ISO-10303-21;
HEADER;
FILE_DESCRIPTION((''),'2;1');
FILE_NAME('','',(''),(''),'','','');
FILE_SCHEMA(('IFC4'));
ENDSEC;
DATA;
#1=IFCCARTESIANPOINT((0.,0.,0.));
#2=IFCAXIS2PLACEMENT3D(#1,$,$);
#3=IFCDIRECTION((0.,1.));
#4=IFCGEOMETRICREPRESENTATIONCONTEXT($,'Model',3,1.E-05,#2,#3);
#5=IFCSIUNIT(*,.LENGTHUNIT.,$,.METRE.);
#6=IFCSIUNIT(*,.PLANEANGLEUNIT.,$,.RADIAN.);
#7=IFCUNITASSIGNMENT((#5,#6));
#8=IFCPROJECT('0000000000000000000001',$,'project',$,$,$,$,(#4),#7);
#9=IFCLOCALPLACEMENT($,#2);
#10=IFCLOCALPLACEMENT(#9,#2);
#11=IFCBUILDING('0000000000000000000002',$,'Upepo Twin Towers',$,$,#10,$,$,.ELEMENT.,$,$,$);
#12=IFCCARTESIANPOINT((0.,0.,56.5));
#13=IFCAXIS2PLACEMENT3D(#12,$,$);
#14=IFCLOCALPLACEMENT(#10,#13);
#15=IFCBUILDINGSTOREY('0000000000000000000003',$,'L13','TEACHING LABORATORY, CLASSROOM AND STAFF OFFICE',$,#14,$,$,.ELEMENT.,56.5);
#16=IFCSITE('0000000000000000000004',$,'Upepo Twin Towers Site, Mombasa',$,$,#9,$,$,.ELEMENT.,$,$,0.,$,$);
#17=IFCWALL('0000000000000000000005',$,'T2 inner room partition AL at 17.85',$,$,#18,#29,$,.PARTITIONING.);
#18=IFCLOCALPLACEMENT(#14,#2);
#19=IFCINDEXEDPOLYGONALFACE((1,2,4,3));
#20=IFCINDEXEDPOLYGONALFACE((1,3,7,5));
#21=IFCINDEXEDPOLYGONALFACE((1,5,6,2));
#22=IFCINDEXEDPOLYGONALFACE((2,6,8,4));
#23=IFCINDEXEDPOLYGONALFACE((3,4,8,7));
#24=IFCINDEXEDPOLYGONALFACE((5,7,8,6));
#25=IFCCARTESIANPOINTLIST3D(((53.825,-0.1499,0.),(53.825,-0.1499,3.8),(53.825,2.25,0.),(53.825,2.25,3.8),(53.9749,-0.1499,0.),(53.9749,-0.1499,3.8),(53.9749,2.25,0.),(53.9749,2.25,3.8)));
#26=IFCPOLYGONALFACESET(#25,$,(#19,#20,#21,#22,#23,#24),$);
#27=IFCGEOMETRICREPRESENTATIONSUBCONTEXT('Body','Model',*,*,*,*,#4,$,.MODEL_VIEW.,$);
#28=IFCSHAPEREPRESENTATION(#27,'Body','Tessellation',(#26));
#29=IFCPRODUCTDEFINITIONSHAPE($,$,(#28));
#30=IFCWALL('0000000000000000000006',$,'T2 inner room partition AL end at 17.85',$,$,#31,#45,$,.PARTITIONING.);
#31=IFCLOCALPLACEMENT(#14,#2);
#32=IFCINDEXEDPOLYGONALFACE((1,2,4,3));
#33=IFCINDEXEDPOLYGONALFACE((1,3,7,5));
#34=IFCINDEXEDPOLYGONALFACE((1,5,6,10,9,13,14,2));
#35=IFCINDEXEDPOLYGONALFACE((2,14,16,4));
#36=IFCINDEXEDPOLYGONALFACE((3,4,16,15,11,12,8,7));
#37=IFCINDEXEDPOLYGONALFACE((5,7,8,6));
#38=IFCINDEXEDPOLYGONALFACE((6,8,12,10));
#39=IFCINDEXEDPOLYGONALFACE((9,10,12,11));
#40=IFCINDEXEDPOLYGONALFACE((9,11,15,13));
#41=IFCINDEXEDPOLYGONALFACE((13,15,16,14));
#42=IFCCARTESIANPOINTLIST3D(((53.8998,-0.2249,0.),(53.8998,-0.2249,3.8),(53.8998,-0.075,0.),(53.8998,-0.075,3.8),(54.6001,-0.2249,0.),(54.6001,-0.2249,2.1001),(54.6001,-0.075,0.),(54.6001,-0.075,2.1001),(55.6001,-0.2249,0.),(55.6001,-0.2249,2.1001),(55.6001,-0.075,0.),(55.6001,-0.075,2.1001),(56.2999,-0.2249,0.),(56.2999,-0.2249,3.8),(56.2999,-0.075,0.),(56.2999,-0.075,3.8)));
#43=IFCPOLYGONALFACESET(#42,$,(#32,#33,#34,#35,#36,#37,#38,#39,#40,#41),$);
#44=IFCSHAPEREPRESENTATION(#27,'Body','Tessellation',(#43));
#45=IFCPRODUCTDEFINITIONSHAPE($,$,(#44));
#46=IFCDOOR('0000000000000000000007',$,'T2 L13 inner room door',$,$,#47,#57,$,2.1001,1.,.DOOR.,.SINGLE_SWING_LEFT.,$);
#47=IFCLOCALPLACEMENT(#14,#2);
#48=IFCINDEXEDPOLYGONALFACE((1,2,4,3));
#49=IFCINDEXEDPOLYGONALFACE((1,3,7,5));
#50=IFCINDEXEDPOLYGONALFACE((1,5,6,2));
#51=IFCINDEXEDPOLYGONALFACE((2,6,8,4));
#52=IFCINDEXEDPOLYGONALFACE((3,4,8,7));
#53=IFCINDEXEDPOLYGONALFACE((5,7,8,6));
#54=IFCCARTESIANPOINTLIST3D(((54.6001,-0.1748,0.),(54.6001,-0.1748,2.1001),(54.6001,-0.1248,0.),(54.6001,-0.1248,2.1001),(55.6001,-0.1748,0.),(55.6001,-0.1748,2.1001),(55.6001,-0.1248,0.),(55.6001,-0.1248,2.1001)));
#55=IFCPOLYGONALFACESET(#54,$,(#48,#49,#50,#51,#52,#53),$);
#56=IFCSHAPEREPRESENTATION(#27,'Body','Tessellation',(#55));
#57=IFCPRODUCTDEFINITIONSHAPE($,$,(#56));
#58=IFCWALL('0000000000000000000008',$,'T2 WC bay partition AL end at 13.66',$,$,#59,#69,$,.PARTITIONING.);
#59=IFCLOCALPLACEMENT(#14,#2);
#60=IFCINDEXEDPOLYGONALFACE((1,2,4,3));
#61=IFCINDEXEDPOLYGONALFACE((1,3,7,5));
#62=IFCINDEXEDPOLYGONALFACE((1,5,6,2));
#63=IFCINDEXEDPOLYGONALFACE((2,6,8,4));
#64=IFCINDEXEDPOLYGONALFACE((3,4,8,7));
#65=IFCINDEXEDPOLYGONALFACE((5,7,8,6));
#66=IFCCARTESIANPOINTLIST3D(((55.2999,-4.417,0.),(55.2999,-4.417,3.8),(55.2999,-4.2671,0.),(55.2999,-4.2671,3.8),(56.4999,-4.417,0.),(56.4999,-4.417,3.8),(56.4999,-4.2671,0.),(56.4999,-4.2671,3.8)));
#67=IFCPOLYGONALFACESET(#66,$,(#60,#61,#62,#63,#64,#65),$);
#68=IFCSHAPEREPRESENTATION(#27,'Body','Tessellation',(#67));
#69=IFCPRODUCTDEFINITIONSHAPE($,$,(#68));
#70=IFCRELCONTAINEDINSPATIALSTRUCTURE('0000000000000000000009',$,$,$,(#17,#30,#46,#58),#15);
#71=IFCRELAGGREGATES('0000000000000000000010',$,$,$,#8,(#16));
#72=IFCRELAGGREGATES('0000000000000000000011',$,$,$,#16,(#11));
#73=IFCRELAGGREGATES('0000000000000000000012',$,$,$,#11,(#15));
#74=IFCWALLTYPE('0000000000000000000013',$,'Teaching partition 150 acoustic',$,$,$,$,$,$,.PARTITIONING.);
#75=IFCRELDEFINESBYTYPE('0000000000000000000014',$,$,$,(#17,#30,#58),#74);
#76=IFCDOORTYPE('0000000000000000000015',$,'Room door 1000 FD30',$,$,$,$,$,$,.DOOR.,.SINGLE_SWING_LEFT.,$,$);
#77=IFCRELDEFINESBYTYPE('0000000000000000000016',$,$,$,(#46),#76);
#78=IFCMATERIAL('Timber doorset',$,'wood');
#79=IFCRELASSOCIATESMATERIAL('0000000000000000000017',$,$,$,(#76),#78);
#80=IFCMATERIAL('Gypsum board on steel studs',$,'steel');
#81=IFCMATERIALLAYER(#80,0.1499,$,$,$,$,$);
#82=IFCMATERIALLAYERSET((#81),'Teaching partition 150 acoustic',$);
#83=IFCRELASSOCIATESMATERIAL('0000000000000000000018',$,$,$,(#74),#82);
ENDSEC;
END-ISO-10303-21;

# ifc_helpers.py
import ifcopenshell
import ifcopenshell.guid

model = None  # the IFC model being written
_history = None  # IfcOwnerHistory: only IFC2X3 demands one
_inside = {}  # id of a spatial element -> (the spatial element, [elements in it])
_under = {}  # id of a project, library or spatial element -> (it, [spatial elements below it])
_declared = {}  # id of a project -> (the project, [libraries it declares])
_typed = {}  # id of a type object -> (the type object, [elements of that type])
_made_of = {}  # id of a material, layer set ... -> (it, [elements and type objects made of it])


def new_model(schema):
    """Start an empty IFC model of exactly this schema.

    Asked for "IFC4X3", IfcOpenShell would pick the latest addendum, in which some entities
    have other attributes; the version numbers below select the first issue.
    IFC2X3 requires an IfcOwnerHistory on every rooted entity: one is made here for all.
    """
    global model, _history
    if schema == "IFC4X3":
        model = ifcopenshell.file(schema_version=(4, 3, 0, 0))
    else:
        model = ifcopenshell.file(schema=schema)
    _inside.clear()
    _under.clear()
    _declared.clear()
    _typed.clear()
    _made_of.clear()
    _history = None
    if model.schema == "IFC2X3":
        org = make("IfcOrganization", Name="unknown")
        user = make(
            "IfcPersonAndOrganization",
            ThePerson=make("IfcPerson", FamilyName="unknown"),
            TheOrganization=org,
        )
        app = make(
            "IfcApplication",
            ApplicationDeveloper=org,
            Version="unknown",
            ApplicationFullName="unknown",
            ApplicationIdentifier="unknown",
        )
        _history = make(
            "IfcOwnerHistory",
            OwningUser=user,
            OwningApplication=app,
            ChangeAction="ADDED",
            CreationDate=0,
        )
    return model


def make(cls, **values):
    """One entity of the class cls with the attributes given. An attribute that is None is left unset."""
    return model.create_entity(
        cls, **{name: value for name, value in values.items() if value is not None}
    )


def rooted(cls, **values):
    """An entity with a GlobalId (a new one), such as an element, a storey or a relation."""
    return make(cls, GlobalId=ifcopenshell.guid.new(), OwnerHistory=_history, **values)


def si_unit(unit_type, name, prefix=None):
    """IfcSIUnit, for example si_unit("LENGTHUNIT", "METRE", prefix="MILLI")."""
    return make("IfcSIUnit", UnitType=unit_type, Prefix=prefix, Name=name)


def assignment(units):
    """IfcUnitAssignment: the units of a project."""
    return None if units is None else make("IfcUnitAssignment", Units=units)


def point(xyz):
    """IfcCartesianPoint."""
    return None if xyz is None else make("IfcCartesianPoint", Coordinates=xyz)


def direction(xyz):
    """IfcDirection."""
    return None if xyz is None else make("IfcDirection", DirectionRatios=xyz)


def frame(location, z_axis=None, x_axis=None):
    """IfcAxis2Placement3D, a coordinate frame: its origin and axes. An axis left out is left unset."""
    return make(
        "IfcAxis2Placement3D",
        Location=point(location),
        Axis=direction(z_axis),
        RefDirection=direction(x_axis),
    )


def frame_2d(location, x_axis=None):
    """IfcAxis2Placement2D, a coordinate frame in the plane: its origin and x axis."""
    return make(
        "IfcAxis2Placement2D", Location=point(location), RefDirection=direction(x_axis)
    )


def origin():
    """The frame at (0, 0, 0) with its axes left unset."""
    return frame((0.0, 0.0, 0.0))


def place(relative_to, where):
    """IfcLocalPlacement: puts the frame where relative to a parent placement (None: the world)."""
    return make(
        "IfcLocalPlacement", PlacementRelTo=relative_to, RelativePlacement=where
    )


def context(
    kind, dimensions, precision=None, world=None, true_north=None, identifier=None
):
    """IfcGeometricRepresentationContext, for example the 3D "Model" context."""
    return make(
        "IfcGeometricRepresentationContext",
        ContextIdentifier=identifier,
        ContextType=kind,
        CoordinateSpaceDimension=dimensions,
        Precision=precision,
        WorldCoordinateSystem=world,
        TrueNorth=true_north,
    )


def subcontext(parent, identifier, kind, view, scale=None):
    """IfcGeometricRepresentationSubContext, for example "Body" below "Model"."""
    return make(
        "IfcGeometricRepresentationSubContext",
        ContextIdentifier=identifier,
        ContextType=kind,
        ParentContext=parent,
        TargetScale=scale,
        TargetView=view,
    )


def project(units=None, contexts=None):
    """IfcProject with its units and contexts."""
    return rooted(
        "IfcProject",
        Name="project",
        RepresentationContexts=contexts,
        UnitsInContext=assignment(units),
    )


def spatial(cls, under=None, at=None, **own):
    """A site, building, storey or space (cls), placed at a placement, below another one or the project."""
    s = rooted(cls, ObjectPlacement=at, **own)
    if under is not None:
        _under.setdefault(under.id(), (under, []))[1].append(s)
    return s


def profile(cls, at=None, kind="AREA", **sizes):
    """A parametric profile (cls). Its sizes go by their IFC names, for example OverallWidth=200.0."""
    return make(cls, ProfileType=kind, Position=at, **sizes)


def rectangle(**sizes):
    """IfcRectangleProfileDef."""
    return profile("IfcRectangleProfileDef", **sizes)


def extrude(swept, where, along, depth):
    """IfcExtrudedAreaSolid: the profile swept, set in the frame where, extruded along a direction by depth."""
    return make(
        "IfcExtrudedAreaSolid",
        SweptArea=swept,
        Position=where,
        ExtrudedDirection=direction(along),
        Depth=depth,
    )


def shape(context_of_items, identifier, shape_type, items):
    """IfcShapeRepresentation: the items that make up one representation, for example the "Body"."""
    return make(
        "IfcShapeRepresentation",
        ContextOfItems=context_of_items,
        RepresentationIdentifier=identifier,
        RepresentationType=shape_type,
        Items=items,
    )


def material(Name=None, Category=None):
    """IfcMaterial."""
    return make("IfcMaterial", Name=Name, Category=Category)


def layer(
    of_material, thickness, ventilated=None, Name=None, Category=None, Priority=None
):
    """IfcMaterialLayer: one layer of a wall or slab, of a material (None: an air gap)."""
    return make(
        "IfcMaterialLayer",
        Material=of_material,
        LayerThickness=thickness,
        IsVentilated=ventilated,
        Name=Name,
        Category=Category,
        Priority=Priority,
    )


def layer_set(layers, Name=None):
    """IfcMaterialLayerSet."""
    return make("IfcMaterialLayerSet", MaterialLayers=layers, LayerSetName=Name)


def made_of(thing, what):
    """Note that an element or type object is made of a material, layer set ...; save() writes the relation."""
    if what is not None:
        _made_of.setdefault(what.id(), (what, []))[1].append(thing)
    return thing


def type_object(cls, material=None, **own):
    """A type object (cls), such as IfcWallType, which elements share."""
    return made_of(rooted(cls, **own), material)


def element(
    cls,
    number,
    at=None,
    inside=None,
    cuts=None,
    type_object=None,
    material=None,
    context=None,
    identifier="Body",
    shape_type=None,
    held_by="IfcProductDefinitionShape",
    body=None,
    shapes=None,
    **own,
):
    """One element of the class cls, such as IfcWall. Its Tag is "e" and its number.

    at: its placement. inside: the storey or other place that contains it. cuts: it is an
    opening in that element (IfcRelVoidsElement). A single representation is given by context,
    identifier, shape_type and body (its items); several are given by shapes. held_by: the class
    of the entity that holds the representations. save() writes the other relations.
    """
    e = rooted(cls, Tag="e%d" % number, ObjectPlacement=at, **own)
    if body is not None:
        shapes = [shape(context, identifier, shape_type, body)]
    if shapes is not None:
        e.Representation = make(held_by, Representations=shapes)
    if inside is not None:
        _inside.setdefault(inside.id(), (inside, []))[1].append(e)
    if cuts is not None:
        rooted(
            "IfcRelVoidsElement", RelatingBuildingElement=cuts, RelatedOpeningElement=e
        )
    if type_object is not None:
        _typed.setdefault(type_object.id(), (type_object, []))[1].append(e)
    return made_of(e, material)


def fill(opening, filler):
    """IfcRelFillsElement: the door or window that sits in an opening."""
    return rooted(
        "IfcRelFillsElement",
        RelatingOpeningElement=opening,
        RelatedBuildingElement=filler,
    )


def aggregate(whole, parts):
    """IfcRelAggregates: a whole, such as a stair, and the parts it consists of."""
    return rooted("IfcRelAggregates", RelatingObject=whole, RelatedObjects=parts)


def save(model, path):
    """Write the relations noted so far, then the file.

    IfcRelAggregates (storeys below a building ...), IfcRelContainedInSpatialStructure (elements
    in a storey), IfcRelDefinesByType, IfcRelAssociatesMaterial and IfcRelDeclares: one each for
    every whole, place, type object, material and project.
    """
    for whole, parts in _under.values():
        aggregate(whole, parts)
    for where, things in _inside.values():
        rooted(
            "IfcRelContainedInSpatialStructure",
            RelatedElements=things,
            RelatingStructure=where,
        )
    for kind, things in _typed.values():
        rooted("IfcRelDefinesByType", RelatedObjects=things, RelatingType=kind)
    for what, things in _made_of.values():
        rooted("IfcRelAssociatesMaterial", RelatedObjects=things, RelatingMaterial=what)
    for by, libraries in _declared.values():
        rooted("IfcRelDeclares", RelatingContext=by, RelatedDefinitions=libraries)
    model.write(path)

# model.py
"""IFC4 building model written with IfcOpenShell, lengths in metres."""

from ifc_helpers import new_model, si_unit, direction, frame, frame_2d, origin, place, context, subcontext, project, spatial, rectangle, extrude, material, layer, layer_set, type_object, element, fill, save


model = new_model("IFC4")

# Units and contexts
model_context = context("Model", 3, precision=1e-05, world=origin(), true_north=direction((0.0, 1.0)))
body_context = subcontext(model_context, "Body", "Model", "MODEL_VIEW")
ifc_project = project(units=[si_unit("LENGTHUNIT", "METRE"), si_unit("PLANEANGLEUNIT", "RADIAN")], contexts=[model_context])

# Site, building, storey
site_placement = place(None, origin())
site = spatial("IfcSite", under=ifc_project, at=site_placement, Name="Upepo Twin Towers Site, Mombasa", CompositionType="ELEMENT", RefElevation=0.0)
building_placement = place(site_placement, origin())
building = spatial("IfcBuilding", under=site, at=building_placement, Name="Upepo Twin Towers", CompositionType="ELEMENT")
storey_placement = place(building_placement, frame((0.0, 0.0, 56.5)))
storey = spatial("IfcBuildingStorey", under=building, at=storey_placement, Name="L13", Description="TEACHING LABORATORY, CLASSROOM AND STAFF OFFICE", CompositionType="ELEMENT", Elevation=56.5)

# Shared definitions
ifc_material_1 = material(Name="Timber doorset", Category="wood")
door_type_1 = type_object("IfcDoorType", Name="Room door 1000 FD30", OperationType="SINGLE_SWING_LEFT", PredefinedType="DOOR", material=ifc_material_1)

# Wall
ifc_material_2 = material(Name="Gypsum board on steel studs", Category="steel")
ifc_layer_1 = layer(ifc_material_2, 0.1499)
ifc_layer_set_1 = layer_set([ifc_layer_1], Name="Teaching partition 150 acoustic")
wall_type_1 = type_object("IfcWallType", Name="Teaching partition 150 acoustic", PredefinedType="PARTITIONING", material=ifc_layer_set_1)
wall_1_placement = place(storey_placement, frame((53.8999, -0.1499, 0.0), z_axis=(0.0, 0.0, 1.0), x_axis=(0.0, 1.0, 0.0)))
element("IfcWall", 1, at=wall_1_placement, inside=storey, type_object=wall_type_1, Name="T2 inner room partition AL at 17.85", PredefinedType="PARTITIONING", context=body_context, shape_type="SweptSolid", body=[
    extrude(rectangle(XDim=2.3999, YDim=0.1499, at=frame_2d((1.2, 0.0))), origin(), (0.0, 0.0, 1.0), 3.8),
])

# Wall, opening, door
wall_2_placement = place(storey_placement, frame((56.3, -0.1499, 0.0), z_axis=(0.0, 0.0, 1.0), x_axis=(-1.0, 0.0, 0.0)))
wall_2 = element("IfcWall", 2, at=wall_2_placement, inside=storey, type_object=wall_type_1, Name="T2 inner room partition AL end at 17.85", PredefinedType="PARTITIONING", context=body_context, shape_type="SweptSolid", body=[
    extrude(rectangle(XDim=2.4001, YDim=0.1499, at=frame_2d((1.2002, 0.0))), origin(), (0.0, 0.0, 1.0), 3.8),
])
opening_1_placement = place(wall_2_placement, frame((0.7, 0.0, 0.0)))
opening_1 = element("IfcOpeningElement", 3, at=opening_1_placement, cuts=wall_2, PredefinedType="OPENING", context=body_context, shape_type="SweptSolid", body=[
    extrude(rectangle(XDim=1.0, YDim=2.1001, at=frame_2d((0.5, 1.05))), frame((0.0, 0.085, 0.0), z_axis=(0.0, -1.0, 0.0), x_axis=(1.0, 0.0, 0.0)), (0.0, 0.0, 1.0), 0.1699),
])
door_1_placement = place(opening_1_placement, origin())
door_1 = element("IfcDoor", 4, at=door_1_placement, inside=storey, type_object=door_type_1, Name="T2 L13 inner room door", OperationType="SINGLE_SWING_LEFT", OverallHeight=2.1001, OverallWidth=1.0, PredefinedType="DOOR", context=body_context, shape_type="SweptSolid", body=[
    extrude(rectangle(XDim=1.0, YDim=2.1001, at=frame_2d((0.5, 1.05))), frame((0.0, 0.0249, 0.0), z_axis=(0.0, -1.0, 0.0), x_axis=(1.0, 0.0, 0.0)), (0.0, 0.0, 1.0), 0.05),
])
fill(opening_1, door_1)

# Wall
wall_3_placement = place(storey_placement, frame((56.5, -4.342, 0.0), z_axis=(0.0, 0.0, 1.0), x_axis=(-1.0, 0.0, 0.0)))
element("IfcWall", 5, at=wall_3_placement, inside=storey, type_object=wall_type_1, Name="T2 WC bay partition AL end at 13.66", PredefinedType="PARTITIONING", context=body_context, shape_type="SweptSolid", body=[
    extrude(rectangle(XDim=1.2, YDim=0.1499, at=frame_2d((0.6001, 0.0))), origin(), (0.0, 0.0, 1.0), 3.8),
])

save(model, "model.ifc")
